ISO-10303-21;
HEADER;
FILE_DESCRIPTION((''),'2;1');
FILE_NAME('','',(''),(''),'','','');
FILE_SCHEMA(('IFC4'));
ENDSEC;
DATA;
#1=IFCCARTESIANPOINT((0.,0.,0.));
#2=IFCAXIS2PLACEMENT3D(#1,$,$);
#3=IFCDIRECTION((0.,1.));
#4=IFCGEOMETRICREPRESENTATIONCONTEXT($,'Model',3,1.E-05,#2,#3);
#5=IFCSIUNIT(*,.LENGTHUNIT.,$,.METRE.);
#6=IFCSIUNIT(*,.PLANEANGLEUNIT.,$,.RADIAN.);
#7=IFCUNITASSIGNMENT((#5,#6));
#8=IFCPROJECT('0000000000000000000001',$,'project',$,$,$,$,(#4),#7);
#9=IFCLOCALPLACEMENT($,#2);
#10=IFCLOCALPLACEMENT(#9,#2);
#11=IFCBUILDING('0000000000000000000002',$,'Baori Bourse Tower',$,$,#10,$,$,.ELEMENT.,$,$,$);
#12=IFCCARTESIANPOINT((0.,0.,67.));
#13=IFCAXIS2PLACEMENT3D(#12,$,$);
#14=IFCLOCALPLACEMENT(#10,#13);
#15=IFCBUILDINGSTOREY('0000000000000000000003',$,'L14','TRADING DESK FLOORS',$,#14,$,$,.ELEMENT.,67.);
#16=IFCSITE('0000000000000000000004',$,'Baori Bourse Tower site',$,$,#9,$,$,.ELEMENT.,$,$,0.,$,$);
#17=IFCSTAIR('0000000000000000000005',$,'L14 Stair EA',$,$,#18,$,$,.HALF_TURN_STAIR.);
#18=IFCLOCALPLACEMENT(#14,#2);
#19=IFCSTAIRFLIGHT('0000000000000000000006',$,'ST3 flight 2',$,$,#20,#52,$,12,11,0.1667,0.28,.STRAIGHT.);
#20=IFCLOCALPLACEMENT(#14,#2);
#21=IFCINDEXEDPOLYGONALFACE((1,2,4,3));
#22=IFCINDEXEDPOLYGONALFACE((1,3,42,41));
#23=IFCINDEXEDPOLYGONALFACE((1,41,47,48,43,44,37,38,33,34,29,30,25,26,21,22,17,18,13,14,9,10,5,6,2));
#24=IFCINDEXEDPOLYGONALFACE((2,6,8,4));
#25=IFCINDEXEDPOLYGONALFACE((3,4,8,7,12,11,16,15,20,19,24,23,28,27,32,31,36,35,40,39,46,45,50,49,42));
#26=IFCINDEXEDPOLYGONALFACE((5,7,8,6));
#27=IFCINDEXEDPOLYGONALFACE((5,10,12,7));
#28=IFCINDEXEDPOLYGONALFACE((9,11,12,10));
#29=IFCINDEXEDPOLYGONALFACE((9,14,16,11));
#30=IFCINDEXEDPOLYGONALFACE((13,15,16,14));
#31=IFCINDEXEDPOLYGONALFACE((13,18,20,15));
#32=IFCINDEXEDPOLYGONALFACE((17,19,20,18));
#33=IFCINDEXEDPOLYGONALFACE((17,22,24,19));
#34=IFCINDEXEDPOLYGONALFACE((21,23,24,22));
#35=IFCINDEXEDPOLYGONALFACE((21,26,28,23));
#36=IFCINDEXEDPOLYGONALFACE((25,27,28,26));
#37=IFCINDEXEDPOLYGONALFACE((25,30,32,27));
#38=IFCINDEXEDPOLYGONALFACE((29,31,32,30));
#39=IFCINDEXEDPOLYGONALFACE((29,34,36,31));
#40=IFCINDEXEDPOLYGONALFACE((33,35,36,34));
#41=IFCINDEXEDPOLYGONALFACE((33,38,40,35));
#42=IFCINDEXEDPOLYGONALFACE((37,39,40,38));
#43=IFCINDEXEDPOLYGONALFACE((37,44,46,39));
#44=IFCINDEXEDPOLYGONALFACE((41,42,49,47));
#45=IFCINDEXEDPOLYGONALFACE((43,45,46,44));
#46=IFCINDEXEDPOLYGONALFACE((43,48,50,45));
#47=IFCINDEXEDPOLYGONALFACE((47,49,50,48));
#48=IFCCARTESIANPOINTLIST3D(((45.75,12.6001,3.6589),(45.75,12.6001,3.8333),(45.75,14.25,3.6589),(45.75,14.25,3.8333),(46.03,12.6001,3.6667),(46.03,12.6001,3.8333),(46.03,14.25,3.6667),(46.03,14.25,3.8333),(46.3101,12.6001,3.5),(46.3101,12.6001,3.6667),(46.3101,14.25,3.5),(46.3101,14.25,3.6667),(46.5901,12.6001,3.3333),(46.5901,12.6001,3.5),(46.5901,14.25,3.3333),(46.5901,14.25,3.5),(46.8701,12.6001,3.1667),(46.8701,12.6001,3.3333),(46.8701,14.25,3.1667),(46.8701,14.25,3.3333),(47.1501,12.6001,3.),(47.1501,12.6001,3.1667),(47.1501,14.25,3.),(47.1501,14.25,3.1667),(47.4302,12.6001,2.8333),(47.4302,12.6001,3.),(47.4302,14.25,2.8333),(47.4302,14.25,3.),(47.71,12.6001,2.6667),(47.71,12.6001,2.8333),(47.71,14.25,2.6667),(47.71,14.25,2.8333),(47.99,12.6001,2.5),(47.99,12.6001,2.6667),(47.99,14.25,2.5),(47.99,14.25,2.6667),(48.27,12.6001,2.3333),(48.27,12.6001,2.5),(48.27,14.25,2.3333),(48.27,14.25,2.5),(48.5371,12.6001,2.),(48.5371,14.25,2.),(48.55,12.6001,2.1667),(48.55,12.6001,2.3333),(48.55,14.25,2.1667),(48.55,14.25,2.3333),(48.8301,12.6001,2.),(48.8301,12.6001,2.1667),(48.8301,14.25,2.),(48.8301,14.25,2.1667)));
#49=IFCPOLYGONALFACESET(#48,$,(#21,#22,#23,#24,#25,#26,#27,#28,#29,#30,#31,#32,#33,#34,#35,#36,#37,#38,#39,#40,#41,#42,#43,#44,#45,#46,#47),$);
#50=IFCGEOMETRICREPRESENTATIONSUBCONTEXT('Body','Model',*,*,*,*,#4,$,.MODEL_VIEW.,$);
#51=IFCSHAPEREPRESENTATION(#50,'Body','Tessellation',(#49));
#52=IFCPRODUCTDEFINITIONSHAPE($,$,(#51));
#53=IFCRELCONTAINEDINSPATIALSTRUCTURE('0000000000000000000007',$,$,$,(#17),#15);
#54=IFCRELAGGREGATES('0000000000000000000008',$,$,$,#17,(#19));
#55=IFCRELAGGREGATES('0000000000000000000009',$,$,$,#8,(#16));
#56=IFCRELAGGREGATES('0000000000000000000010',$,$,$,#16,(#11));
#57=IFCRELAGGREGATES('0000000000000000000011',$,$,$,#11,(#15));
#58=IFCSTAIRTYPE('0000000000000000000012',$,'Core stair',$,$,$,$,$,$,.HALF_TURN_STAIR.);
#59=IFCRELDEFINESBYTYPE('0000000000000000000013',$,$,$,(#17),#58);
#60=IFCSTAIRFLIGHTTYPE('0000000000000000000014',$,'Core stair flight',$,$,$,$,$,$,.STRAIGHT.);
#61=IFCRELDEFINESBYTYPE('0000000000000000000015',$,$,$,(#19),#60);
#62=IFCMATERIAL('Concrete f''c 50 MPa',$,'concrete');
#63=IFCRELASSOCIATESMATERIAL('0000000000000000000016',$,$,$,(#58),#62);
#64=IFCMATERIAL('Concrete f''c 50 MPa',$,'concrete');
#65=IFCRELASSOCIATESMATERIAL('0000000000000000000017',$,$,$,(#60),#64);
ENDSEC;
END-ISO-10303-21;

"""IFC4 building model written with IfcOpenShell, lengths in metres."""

from ifc_helpers import new_model, si_unit, direction, frame, origin, place, context, subcontext, project, spatial, polyline, outline, extrude, material, type_object, element, aggregate, save


model = new_model("IFC4")

# Units and contexts
model_context = context("Model", 3, precision=1e-05, world=origin(), true_north=direction((0.0, 1.0)))
body_context = subcontext(model_context, "Body", "Model", "MODEL_VIEW")
ifc_project = project(units=[si_unit("LENGTHUNIT", "METRE"), si_unit("PLANEANGLEUNIT", "RADIAN")], contexts=[model_context])

# Site, building, storey
site_placement = place(None, origin())
site = spatial("IfcSite", under=ifc_project, at=site_placement, Name="Baori Bourse Tower site", CompositionType="ELEMENT", RefElevation=0.0)
building_placement = place(site_placement, origin())
building = spatial("IfcBuilding", under=site, at=building_placement, Name="Baori Bourse Tower", CompositionType="ELEMENT")
storey_placement = place(building_placement, frame((0.0, 0.0, 67.0)))
storey = spatial("IfcBuildingStorey", under=building, at=storey_placement, Name="L14", Description="TRADING DESK FLOORS", CompositionType="ELEMENT", Elevation=67.0)

# Stair, stair flight
ifc_material_1 = material(Name="Concrete f'c 50 MPa", Category="concrete")
stair_type = type_object("IfcStairType", Name="Core stair", PredefinedType="HALF_TURN_STAIR", material=ifc_material_1)
stair_placement = place(storey_placement, origin())
stair = element("IfcStair", 1, at=stair_placement, inside=storey, type_object=stair_type, Name="L14 Stair EA", PredefinedType="HALF_TURN_STAIR")
ifc_material_2 = material(Name="Concrete f'c 50 MPa", Category="concrete")
stair_flight_type = type_object("IfcStairFlightType", Name="Core stair flight", PredefinedType="STRAIGHT", material=ifc_material_2)
stair_flight_1_placement = place(storey_placement, frame((48.8301, 13.425, 2.0), z_axis=(0.0, 0.0, 1.0), x_axis=(-1.0, 0.0, 0.0)))
stair_flight_1 = element("IfcStairFlight", 2, at=stair_flight_1_placement, type_object=stair_flight_type, Name="ST3 flight 2", NumberOfRisers=12, NumberOfTreads=11, PredefinedType="STRAIGHT", RiserHeight=0.1667, TreadLength=0.28, context=body_context, shape_type="SweptSolid", body=[
    extrude(outline(polyline([(0.0, 0.0), (0.0, 0.1667), (0.28, 0.1667), (0.28, 0.3333), (0.5601, 0.3333), (0.5601, 0.5), (0.8401, 0.5), (0.8401, 0.6667), (1.1201, 0.6667), (1.1201, 0.8333), (1.3999, 0.8333), (1.3999, 1.0), (1.6799, 1.0), (1.6799, 1.1667), (1.96, 1.1667), (1.96, 1.3333), (2.24, 1.3333), (2.24, 1.5), (2.52, 1.5), (2.52, 1.6667), (2.8, 1.6667), (2.8, 1.8333), (3.0801, 1.8333), (3.0801, 2.0), (3.0801, 1.6589), (0.293, 0.0), (0.0, 0.0)])), frame((0.0, 0.825, 0.0), z_axis=(0.0, -1.0, 0.0), x_axis=(1.0, 0.0, 0.0)), (0.0, 0.0, 1.0), 1.6499),
])
aggregate(stair, [stair_flight_1])

save(model, "model.ifc")
